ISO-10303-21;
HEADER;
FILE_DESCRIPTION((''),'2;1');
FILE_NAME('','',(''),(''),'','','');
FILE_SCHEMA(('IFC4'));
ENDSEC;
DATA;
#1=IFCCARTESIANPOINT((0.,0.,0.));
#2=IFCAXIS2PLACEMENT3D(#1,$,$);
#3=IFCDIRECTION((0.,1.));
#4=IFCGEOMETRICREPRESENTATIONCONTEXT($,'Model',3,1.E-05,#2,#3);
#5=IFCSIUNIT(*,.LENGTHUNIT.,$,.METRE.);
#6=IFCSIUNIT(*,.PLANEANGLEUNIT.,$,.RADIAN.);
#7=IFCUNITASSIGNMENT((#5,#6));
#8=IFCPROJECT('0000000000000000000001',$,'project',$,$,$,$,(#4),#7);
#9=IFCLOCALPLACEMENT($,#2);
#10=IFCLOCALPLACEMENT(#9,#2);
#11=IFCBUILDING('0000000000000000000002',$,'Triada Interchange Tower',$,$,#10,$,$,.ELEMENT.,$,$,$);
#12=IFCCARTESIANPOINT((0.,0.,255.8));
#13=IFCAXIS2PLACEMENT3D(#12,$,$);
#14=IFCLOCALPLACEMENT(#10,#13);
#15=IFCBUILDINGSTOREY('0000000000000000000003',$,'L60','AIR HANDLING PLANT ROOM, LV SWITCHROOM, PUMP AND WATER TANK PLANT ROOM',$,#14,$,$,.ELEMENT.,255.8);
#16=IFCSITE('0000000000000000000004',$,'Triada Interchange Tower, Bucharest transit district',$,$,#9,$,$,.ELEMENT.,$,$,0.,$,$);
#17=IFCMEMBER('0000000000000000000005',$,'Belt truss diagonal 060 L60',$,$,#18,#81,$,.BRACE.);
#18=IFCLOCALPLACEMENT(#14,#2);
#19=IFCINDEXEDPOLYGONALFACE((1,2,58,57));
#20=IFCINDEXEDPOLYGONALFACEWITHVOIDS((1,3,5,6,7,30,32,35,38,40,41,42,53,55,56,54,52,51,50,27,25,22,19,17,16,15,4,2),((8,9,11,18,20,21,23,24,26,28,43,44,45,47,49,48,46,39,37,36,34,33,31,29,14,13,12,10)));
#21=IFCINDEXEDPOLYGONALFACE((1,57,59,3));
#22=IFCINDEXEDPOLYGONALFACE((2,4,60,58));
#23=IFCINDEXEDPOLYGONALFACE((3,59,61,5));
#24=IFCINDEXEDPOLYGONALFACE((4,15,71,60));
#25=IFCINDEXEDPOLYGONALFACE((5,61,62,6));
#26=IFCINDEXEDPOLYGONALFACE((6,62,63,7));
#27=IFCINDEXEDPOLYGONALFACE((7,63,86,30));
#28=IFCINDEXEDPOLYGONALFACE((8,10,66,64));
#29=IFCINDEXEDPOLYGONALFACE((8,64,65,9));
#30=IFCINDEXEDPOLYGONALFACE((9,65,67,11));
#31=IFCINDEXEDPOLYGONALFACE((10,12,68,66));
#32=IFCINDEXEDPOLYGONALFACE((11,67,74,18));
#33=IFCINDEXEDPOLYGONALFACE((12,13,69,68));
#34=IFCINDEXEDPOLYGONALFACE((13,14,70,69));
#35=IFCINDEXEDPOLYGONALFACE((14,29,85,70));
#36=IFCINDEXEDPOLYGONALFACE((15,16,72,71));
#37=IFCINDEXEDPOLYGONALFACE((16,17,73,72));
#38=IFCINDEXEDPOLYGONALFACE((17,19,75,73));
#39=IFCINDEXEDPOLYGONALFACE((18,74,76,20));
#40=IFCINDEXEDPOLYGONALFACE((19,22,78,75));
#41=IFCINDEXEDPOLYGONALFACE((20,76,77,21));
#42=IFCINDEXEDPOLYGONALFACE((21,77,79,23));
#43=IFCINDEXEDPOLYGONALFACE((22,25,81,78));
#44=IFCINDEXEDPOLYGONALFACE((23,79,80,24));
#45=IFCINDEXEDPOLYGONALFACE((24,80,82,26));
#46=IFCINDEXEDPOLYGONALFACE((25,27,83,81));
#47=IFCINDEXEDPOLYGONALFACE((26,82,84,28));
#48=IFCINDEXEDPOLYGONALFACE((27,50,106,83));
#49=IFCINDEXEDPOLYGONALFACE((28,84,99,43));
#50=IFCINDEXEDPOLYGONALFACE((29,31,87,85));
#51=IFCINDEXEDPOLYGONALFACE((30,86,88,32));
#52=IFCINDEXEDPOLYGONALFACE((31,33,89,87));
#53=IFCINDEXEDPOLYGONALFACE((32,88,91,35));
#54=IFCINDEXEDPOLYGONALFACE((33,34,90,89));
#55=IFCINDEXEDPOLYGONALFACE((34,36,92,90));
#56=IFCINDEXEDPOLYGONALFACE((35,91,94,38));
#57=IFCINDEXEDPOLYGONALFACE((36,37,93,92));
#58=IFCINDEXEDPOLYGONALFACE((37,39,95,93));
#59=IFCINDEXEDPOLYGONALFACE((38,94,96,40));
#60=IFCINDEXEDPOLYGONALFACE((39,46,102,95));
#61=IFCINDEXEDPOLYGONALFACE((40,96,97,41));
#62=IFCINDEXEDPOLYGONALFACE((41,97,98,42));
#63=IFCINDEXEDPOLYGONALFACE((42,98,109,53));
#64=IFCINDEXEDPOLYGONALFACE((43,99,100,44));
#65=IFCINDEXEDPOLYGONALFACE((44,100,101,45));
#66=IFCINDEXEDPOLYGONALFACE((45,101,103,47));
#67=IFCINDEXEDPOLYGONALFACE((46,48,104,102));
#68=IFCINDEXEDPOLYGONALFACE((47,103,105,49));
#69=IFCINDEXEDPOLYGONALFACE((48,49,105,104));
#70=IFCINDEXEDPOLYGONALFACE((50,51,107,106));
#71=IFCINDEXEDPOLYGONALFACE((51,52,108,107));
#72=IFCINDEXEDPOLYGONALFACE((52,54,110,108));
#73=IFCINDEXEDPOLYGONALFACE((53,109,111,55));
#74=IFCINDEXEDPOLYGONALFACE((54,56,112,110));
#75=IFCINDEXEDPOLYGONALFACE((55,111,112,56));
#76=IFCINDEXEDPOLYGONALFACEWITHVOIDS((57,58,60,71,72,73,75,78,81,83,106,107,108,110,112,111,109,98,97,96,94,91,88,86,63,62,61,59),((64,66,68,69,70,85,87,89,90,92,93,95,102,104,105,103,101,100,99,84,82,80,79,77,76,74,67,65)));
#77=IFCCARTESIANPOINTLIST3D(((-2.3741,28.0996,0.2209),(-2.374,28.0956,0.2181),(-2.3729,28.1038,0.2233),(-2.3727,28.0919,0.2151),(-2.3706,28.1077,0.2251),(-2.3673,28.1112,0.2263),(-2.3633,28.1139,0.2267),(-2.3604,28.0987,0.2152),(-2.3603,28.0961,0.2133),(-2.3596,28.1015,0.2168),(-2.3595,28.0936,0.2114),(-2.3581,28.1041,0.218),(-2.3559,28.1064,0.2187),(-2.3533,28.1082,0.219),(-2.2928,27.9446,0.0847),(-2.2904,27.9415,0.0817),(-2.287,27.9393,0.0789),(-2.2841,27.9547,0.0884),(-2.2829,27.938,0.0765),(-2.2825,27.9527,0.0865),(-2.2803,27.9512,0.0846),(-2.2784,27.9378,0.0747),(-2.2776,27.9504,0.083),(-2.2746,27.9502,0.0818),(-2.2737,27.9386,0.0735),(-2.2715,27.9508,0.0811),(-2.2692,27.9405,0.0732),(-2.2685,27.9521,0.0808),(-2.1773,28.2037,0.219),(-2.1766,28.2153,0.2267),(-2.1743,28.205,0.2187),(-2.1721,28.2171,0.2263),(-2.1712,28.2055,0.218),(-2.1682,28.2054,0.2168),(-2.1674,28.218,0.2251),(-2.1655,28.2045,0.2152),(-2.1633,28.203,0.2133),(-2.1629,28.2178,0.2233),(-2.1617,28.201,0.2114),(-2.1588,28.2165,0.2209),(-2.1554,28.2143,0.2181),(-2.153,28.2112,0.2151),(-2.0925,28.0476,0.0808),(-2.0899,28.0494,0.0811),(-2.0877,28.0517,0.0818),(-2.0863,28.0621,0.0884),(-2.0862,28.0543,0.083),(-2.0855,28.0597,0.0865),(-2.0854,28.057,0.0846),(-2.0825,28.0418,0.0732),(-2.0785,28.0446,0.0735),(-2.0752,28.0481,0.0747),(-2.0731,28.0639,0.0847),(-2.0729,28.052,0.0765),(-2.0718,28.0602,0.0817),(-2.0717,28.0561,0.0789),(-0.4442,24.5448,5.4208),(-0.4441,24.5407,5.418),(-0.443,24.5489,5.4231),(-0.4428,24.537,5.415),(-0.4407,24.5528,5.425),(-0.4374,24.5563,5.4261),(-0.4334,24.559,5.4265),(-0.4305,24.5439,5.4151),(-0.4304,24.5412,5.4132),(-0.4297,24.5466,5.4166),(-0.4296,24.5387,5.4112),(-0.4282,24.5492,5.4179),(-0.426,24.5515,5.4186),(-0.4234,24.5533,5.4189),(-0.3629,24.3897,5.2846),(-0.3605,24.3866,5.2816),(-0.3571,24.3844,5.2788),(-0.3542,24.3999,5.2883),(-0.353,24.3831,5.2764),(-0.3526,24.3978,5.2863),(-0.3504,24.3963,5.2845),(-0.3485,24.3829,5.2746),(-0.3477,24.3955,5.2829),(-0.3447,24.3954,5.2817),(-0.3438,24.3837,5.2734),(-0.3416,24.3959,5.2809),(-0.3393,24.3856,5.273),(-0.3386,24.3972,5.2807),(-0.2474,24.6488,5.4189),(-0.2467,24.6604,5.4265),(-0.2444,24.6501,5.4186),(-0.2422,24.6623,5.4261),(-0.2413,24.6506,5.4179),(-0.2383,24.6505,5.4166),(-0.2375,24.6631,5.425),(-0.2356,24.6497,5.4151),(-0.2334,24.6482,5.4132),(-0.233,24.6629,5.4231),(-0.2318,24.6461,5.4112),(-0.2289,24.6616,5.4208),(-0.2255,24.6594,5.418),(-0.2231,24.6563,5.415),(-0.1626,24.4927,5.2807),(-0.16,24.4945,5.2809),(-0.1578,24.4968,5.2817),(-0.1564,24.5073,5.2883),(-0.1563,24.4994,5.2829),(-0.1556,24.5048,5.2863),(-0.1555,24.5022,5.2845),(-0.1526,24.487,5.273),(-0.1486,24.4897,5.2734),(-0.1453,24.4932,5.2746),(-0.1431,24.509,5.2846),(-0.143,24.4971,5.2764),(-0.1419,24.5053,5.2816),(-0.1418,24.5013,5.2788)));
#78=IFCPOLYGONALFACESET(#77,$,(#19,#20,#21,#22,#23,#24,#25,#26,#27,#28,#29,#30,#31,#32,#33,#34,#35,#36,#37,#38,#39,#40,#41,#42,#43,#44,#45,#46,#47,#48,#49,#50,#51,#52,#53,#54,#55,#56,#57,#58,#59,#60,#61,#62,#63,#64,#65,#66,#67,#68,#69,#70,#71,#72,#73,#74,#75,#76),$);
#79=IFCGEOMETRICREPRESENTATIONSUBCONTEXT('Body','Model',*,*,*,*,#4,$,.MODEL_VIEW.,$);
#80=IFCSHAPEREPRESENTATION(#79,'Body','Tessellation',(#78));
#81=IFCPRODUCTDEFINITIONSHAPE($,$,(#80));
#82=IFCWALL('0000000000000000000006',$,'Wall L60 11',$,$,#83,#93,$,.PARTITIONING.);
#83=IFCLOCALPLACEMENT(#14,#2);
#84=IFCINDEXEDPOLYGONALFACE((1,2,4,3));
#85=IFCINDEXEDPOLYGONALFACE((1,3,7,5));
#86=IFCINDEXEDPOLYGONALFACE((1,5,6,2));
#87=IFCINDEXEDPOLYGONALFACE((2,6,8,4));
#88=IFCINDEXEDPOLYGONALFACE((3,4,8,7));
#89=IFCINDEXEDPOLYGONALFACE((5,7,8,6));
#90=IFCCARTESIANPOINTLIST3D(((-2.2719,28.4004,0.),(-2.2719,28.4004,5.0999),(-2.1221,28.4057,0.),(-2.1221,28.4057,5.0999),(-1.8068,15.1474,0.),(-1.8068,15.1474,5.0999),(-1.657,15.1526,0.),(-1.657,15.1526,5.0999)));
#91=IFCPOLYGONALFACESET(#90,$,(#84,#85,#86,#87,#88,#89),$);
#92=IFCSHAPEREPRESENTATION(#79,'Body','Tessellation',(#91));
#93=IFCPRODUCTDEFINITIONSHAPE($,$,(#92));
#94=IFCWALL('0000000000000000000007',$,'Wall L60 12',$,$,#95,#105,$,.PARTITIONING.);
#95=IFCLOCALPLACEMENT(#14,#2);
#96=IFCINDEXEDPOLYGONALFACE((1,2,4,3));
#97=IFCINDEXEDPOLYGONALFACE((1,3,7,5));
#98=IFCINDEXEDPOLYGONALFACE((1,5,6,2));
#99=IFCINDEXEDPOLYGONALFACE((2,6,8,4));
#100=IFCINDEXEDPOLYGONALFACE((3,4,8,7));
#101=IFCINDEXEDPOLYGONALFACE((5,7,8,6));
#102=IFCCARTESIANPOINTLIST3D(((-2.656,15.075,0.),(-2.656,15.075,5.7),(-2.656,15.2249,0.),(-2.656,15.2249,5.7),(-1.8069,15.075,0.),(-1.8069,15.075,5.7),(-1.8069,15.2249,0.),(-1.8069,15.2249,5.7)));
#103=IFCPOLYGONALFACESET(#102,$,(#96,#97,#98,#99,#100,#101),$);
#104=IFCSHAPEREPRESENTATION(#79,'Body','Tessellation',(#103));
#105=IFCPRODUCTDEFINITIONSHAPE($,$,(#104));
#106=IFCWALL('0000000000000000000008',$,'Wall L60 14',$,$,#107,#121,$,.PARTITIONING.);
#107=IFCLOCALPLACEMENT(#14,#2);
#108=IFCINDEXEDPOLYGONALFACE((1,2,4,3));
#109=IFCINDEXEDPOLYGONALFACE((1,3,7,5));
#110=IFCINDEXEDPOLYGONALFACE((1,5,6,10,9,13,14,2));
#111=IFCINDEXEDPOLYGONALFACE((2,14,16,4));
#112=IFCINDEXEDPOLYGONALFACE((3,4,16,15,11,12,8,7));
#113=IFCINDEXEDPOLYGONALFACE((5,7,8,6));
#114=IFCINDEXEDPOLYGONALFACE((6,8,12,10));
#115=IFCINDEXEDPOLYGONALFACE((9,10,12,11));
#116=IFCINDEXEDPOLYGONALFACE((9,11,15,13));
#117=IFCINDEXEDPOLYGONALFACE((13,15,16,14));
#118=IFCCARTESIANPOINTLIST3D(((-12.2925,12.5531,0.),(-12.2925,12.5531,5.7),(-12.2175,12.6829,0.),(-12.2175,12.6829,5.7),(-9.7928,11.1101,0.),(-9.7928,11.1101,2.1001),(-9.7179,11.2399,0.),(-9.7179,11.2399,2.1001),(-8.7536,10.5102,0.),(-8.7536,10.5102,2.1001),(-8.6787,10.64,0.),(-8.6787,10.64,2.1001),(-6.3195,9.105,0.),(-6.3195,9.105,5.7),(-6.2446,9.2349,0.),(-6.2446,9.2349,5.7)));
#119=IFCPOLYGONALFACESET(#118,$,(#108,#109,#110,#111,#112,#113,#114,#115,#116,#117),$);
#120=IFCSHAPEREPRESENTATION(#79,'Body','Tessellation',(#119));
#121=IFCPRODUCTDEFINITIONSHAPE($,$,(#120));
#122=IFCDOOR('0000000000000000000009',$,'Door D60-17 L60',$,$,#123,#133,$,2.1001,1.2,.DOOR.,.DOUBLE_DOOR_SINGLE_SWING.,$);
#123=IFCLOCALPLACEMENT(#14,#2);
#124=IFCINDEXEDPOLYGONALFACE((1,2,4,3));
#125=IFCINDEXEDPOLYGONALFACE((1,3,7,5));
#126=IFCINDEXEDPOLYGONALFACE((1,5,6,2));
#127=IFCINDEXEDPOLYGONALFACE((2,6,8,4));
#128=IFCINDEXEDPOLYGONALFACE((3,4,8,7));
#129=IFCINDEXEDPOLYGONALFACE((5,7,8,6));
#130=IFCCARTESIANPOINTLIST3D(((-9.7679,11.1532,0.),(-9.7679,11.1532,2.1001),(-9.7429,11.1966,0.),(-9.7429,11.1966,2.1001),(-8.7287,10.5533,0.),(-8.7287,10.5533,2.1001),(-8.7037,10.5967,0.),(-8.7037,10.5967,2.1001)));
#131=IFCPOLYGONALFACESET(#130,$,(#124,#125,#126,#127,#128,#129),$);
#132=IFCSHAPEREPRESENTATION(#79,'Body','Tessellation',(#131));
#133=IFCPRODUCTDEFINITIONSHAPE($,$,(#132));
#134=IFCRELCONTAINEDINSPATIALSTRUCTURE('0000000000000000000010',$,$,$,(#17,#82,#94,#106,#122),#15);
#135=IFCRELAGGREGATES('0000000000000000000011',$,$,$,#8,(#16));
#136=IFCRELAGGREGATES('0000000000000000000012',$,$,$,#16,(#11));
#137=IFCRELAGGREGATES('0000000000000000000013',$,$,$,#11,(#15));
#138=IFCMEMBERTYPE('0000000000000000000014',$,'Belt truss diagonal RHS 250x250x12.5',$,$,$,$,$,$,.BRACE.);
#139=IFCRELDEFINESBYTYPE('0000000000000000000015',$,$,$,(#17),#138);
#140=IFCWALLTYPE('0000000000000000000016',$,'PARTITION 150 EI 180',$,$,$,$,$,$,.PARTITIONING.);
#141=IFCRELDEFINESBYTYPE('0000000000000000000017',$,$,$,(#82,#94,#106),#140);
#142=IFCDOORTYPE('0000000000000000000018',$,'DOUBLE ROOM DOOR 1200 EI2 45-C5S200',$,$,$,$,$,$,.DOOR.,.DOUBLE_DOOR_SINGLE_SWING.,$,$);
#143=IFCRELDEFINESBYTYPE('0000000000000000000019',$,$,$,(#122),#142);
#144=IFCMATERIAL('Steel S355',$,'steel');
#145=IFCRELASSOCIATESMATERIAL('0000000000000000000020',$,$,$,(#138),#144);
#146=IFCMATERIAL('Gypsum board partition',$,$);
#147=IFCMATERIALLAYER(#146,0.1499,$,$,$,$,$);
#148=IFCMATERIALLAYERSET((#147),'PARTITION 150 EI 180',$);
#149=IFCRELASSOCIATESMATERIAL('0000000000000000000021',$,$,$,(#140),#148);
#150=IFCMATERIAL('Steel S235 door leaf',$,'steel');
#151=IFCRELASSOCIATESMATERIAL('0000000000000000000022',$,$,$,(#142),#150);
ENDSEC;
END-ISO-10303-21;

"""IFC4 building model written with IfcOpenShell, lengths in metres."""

from ifc_helpers import new_model, si_unit, direction, frame, frame_2d, origin, origin_2d, place, context, subcontext, project, spatial, rectangle, hollow_rectangle, extrude, material, layer, layer_set, material_profile, profile_set, type_object, element, fill, save


model = new_model("IFC4")

# Units and contexts
model_context = context("Model", 3, precision=1e-05, world=origin(), true_north=direction((0.0, 1.0)))
body_context = subcontext(model_context, "Body", "Model", "MODEL_VIEW")
ifc_project = project(units=[si_unit("LENGTHUNIT", "METRE"), si_unit("PLANEANGLEUNIT", "RADIAN")], contexts=[model_context])

# Site, building, storey
site_placement = place(None, origin())
site = spatial("IfcSite", under=ifc_project, at=site_placement, Name="Triada Interchange Tower, Bucharest transit district", CompositionType="ELEMENT", RefElevation=0.0)
building_placement = place(site_placement, origin())
building = spatial("IfcBuilding", under=site, at=building_placement, Name="Triada Interchange Tower", CompositionType="ELEMENT")
storey_placement = place(building_placement, frame((0.0, 0.0, 255.8)))
storey = spatial("IfcBuildingStorey", under=building, at=storey_placement, Name="L60", Description="AIR HANDLING PLANT ROOM, LV SWITCHROOM, PUMP AND WATER TANK PLANT ROOM", CompositionType="ELEMENT", Elevation=255.8)

# Member
ifc_material_1 = material(Name="Steel S355", Category="steel")
ifc_material_profile_1 = material_profile(ifc_material_1, hollow_rectangle(XDim=0.25, YDim=0.25, WallThickness=0.0125, InnerFilletRadius=0.0125, OuterFilletRadius=0.0188, at=origin_2d()), Name="RHS 250x250x12.5")
ifc_profile_set_1 = profile_set([ifc_material_profile_1], Name="Steel S355")
member_type = type_object("IfcMemberType", Name="Belt truss diagonal RHS 250x250x12.5", PredefinedType="BRACE", material=ifc_profile_set_1)
member_1_placement = place(storey_placement, frame((-2.2229, 28.0779, 0.1499), z_axis=(0.292947, -0.539608, 0.789307), x_axis=(0.878842, 0.477113, 0.0)))
element("IfcMember", 1, at=member_1_placement, inside=storey, type_object=member_type, Name="Belt truss diagonal 060 L60", PredefinedType="BRACE", context=body_context, shape_type="SweptSolid", body=[
    extrude(hollow_rectangle(XDim=0.25, YDim=0.25, WallThickness=0.0125, InnerFilletRadius=0.0125, OuterFilletRadius=0.0188, at=origin_2d()), origin(), (0.0, 0.0, 1.0), 6.5879),
])

# Shared definitions
ifc_material_2 = material(Name="Steel S235 door leaf", Category="steel")

# Walls
ifc_material_3 = material(Name="Gypsum board partition")
ifc_layer_1 = layer(ifc_material_3, 0.1499)
ifc_layer_set_1 = layer_set([ifc_layer_1], Name="PARTITION 150 EI 180")
wall_type_1 = type_object("IfcWallType", Name="PARTITION 150 EI 180", PredefinedType="PARTITIONING", material=ifc_layer_set_1)
wall_1_placement = place(storey_placement, frame((-2.197, 28.4031, 0.0), z_axis=(0.0, 0.0, 1.0), x_axis=(0.035071, -0.999385, 0.0)))
element("IfcWall", 2, at=wall_1_placement, inside=storey, type_object=wall_type_1, Name="Wall L60 11", PredefinedType="PARTITIONING", context=body_context, shape_type="SweptSolid", body=[
    extrude(rectangle(XDim=13.2612, YDim=0.1499, at=frame_2d((6.6306, 0.0))), origin(), (0.0, 0.0, 1.0), 5.0999),
])
wall_2_placement = place(storey_placement, frame((-2.656, 15.1499, 0.0), z_axis=(0.0, 0.0, 1.0), x_axis=(1.0, 0.0, 0.0)))
element("IfcWall", 3, at=wall_2_placement, inside=storey, type_object=wall_type_1, Name="Wall L60 12", PredefinedType="PARTITIONING", context=body_context, shape_type="SweptSolid", body=[
    extrude(rectangle(XDim=0.8491, YDim=0.1499, at=frame_2d((0.4246, 0.0))), origin(), (0.0, 0.0, 1.0), 5.7),
])

# Wall, opening, door
wall_3_placement = place(storey_placement, frame((-12.2549, 12.6179, 0.0), z_axis=(0.0, 0.0, 1.0), x_axis=(0.866054, -0.49995, 0.0)))
wall_3 = element("IfcWall", 4, at=wall_3_placement, inside=storey, type_object=wall_type_1, Name="Wall L60 14", PredefinedType="PARTITIONING", context=body_context, shape_type="SweptSolid", body=[
    extrude(rectangle(XDim=6.8967, YDim=0.1499, at=frame_2d((3.4482, 0.0))), origin(), (0.0, 0.0, 1.0), 5.7),
])
opening_1_placement = place(wall_3_placement, frame((2.886, 0.0, 0.0)))
opening_1 = element("IfcOpeningElement", 5, at=opening_1_placement, cuts=wall_3, PredefinedType="OPENING", context=body_context, shape_type="SweptSolid", body=[
    extrude(rectangle(XDim=1.2, YDim=2.1001, at=frame_2d((0.6001, 1.05))), frame((0.0, 0.085, 0.0), z_axis=(0.0, -1.0, 0.0), x_axis=(1.0, 0.0, 0.0)), (0.0, 0.0, 1.0), 0.1699),
])
door_type_1 = type_object("IfcDoorType", Name="DOUBLE ROOM DOOR 1200 EI2 45-C5S200", OperationType="DOUBLE_DOOR_SINGLE_SWING", PredefinedType="DOOR", material=ifc_material_2)
door_1_placement = place(opening_1_placement, origin())
door_1 = element("IfcDoor", 6, at=door_1_placement, inside=storey, type_object=door_type_1, Name="Door D60-17 L60", OperationType="DOUBLE_DOOR_SINGLE_SWING", OverallHeight=2.1001, OverallWidth=1.2, PredefinedType="DOOR", context=body_context, shape_type="SweptSolid", body=[
    extrude(rectangle(XDim=1.2, YDim=2.1001, at=frame_2d((0.6001, 1.05))), frame((0.0, 0.0249, 0.0), z_axis=(0.0, -1.0, 0.0), x_axis=(1.0, 0.0, 0.0)), (0.0, 0.0, 1.0), 0.05),
])
fill(opening_1, door_1)

save(model, "model.ifc")
